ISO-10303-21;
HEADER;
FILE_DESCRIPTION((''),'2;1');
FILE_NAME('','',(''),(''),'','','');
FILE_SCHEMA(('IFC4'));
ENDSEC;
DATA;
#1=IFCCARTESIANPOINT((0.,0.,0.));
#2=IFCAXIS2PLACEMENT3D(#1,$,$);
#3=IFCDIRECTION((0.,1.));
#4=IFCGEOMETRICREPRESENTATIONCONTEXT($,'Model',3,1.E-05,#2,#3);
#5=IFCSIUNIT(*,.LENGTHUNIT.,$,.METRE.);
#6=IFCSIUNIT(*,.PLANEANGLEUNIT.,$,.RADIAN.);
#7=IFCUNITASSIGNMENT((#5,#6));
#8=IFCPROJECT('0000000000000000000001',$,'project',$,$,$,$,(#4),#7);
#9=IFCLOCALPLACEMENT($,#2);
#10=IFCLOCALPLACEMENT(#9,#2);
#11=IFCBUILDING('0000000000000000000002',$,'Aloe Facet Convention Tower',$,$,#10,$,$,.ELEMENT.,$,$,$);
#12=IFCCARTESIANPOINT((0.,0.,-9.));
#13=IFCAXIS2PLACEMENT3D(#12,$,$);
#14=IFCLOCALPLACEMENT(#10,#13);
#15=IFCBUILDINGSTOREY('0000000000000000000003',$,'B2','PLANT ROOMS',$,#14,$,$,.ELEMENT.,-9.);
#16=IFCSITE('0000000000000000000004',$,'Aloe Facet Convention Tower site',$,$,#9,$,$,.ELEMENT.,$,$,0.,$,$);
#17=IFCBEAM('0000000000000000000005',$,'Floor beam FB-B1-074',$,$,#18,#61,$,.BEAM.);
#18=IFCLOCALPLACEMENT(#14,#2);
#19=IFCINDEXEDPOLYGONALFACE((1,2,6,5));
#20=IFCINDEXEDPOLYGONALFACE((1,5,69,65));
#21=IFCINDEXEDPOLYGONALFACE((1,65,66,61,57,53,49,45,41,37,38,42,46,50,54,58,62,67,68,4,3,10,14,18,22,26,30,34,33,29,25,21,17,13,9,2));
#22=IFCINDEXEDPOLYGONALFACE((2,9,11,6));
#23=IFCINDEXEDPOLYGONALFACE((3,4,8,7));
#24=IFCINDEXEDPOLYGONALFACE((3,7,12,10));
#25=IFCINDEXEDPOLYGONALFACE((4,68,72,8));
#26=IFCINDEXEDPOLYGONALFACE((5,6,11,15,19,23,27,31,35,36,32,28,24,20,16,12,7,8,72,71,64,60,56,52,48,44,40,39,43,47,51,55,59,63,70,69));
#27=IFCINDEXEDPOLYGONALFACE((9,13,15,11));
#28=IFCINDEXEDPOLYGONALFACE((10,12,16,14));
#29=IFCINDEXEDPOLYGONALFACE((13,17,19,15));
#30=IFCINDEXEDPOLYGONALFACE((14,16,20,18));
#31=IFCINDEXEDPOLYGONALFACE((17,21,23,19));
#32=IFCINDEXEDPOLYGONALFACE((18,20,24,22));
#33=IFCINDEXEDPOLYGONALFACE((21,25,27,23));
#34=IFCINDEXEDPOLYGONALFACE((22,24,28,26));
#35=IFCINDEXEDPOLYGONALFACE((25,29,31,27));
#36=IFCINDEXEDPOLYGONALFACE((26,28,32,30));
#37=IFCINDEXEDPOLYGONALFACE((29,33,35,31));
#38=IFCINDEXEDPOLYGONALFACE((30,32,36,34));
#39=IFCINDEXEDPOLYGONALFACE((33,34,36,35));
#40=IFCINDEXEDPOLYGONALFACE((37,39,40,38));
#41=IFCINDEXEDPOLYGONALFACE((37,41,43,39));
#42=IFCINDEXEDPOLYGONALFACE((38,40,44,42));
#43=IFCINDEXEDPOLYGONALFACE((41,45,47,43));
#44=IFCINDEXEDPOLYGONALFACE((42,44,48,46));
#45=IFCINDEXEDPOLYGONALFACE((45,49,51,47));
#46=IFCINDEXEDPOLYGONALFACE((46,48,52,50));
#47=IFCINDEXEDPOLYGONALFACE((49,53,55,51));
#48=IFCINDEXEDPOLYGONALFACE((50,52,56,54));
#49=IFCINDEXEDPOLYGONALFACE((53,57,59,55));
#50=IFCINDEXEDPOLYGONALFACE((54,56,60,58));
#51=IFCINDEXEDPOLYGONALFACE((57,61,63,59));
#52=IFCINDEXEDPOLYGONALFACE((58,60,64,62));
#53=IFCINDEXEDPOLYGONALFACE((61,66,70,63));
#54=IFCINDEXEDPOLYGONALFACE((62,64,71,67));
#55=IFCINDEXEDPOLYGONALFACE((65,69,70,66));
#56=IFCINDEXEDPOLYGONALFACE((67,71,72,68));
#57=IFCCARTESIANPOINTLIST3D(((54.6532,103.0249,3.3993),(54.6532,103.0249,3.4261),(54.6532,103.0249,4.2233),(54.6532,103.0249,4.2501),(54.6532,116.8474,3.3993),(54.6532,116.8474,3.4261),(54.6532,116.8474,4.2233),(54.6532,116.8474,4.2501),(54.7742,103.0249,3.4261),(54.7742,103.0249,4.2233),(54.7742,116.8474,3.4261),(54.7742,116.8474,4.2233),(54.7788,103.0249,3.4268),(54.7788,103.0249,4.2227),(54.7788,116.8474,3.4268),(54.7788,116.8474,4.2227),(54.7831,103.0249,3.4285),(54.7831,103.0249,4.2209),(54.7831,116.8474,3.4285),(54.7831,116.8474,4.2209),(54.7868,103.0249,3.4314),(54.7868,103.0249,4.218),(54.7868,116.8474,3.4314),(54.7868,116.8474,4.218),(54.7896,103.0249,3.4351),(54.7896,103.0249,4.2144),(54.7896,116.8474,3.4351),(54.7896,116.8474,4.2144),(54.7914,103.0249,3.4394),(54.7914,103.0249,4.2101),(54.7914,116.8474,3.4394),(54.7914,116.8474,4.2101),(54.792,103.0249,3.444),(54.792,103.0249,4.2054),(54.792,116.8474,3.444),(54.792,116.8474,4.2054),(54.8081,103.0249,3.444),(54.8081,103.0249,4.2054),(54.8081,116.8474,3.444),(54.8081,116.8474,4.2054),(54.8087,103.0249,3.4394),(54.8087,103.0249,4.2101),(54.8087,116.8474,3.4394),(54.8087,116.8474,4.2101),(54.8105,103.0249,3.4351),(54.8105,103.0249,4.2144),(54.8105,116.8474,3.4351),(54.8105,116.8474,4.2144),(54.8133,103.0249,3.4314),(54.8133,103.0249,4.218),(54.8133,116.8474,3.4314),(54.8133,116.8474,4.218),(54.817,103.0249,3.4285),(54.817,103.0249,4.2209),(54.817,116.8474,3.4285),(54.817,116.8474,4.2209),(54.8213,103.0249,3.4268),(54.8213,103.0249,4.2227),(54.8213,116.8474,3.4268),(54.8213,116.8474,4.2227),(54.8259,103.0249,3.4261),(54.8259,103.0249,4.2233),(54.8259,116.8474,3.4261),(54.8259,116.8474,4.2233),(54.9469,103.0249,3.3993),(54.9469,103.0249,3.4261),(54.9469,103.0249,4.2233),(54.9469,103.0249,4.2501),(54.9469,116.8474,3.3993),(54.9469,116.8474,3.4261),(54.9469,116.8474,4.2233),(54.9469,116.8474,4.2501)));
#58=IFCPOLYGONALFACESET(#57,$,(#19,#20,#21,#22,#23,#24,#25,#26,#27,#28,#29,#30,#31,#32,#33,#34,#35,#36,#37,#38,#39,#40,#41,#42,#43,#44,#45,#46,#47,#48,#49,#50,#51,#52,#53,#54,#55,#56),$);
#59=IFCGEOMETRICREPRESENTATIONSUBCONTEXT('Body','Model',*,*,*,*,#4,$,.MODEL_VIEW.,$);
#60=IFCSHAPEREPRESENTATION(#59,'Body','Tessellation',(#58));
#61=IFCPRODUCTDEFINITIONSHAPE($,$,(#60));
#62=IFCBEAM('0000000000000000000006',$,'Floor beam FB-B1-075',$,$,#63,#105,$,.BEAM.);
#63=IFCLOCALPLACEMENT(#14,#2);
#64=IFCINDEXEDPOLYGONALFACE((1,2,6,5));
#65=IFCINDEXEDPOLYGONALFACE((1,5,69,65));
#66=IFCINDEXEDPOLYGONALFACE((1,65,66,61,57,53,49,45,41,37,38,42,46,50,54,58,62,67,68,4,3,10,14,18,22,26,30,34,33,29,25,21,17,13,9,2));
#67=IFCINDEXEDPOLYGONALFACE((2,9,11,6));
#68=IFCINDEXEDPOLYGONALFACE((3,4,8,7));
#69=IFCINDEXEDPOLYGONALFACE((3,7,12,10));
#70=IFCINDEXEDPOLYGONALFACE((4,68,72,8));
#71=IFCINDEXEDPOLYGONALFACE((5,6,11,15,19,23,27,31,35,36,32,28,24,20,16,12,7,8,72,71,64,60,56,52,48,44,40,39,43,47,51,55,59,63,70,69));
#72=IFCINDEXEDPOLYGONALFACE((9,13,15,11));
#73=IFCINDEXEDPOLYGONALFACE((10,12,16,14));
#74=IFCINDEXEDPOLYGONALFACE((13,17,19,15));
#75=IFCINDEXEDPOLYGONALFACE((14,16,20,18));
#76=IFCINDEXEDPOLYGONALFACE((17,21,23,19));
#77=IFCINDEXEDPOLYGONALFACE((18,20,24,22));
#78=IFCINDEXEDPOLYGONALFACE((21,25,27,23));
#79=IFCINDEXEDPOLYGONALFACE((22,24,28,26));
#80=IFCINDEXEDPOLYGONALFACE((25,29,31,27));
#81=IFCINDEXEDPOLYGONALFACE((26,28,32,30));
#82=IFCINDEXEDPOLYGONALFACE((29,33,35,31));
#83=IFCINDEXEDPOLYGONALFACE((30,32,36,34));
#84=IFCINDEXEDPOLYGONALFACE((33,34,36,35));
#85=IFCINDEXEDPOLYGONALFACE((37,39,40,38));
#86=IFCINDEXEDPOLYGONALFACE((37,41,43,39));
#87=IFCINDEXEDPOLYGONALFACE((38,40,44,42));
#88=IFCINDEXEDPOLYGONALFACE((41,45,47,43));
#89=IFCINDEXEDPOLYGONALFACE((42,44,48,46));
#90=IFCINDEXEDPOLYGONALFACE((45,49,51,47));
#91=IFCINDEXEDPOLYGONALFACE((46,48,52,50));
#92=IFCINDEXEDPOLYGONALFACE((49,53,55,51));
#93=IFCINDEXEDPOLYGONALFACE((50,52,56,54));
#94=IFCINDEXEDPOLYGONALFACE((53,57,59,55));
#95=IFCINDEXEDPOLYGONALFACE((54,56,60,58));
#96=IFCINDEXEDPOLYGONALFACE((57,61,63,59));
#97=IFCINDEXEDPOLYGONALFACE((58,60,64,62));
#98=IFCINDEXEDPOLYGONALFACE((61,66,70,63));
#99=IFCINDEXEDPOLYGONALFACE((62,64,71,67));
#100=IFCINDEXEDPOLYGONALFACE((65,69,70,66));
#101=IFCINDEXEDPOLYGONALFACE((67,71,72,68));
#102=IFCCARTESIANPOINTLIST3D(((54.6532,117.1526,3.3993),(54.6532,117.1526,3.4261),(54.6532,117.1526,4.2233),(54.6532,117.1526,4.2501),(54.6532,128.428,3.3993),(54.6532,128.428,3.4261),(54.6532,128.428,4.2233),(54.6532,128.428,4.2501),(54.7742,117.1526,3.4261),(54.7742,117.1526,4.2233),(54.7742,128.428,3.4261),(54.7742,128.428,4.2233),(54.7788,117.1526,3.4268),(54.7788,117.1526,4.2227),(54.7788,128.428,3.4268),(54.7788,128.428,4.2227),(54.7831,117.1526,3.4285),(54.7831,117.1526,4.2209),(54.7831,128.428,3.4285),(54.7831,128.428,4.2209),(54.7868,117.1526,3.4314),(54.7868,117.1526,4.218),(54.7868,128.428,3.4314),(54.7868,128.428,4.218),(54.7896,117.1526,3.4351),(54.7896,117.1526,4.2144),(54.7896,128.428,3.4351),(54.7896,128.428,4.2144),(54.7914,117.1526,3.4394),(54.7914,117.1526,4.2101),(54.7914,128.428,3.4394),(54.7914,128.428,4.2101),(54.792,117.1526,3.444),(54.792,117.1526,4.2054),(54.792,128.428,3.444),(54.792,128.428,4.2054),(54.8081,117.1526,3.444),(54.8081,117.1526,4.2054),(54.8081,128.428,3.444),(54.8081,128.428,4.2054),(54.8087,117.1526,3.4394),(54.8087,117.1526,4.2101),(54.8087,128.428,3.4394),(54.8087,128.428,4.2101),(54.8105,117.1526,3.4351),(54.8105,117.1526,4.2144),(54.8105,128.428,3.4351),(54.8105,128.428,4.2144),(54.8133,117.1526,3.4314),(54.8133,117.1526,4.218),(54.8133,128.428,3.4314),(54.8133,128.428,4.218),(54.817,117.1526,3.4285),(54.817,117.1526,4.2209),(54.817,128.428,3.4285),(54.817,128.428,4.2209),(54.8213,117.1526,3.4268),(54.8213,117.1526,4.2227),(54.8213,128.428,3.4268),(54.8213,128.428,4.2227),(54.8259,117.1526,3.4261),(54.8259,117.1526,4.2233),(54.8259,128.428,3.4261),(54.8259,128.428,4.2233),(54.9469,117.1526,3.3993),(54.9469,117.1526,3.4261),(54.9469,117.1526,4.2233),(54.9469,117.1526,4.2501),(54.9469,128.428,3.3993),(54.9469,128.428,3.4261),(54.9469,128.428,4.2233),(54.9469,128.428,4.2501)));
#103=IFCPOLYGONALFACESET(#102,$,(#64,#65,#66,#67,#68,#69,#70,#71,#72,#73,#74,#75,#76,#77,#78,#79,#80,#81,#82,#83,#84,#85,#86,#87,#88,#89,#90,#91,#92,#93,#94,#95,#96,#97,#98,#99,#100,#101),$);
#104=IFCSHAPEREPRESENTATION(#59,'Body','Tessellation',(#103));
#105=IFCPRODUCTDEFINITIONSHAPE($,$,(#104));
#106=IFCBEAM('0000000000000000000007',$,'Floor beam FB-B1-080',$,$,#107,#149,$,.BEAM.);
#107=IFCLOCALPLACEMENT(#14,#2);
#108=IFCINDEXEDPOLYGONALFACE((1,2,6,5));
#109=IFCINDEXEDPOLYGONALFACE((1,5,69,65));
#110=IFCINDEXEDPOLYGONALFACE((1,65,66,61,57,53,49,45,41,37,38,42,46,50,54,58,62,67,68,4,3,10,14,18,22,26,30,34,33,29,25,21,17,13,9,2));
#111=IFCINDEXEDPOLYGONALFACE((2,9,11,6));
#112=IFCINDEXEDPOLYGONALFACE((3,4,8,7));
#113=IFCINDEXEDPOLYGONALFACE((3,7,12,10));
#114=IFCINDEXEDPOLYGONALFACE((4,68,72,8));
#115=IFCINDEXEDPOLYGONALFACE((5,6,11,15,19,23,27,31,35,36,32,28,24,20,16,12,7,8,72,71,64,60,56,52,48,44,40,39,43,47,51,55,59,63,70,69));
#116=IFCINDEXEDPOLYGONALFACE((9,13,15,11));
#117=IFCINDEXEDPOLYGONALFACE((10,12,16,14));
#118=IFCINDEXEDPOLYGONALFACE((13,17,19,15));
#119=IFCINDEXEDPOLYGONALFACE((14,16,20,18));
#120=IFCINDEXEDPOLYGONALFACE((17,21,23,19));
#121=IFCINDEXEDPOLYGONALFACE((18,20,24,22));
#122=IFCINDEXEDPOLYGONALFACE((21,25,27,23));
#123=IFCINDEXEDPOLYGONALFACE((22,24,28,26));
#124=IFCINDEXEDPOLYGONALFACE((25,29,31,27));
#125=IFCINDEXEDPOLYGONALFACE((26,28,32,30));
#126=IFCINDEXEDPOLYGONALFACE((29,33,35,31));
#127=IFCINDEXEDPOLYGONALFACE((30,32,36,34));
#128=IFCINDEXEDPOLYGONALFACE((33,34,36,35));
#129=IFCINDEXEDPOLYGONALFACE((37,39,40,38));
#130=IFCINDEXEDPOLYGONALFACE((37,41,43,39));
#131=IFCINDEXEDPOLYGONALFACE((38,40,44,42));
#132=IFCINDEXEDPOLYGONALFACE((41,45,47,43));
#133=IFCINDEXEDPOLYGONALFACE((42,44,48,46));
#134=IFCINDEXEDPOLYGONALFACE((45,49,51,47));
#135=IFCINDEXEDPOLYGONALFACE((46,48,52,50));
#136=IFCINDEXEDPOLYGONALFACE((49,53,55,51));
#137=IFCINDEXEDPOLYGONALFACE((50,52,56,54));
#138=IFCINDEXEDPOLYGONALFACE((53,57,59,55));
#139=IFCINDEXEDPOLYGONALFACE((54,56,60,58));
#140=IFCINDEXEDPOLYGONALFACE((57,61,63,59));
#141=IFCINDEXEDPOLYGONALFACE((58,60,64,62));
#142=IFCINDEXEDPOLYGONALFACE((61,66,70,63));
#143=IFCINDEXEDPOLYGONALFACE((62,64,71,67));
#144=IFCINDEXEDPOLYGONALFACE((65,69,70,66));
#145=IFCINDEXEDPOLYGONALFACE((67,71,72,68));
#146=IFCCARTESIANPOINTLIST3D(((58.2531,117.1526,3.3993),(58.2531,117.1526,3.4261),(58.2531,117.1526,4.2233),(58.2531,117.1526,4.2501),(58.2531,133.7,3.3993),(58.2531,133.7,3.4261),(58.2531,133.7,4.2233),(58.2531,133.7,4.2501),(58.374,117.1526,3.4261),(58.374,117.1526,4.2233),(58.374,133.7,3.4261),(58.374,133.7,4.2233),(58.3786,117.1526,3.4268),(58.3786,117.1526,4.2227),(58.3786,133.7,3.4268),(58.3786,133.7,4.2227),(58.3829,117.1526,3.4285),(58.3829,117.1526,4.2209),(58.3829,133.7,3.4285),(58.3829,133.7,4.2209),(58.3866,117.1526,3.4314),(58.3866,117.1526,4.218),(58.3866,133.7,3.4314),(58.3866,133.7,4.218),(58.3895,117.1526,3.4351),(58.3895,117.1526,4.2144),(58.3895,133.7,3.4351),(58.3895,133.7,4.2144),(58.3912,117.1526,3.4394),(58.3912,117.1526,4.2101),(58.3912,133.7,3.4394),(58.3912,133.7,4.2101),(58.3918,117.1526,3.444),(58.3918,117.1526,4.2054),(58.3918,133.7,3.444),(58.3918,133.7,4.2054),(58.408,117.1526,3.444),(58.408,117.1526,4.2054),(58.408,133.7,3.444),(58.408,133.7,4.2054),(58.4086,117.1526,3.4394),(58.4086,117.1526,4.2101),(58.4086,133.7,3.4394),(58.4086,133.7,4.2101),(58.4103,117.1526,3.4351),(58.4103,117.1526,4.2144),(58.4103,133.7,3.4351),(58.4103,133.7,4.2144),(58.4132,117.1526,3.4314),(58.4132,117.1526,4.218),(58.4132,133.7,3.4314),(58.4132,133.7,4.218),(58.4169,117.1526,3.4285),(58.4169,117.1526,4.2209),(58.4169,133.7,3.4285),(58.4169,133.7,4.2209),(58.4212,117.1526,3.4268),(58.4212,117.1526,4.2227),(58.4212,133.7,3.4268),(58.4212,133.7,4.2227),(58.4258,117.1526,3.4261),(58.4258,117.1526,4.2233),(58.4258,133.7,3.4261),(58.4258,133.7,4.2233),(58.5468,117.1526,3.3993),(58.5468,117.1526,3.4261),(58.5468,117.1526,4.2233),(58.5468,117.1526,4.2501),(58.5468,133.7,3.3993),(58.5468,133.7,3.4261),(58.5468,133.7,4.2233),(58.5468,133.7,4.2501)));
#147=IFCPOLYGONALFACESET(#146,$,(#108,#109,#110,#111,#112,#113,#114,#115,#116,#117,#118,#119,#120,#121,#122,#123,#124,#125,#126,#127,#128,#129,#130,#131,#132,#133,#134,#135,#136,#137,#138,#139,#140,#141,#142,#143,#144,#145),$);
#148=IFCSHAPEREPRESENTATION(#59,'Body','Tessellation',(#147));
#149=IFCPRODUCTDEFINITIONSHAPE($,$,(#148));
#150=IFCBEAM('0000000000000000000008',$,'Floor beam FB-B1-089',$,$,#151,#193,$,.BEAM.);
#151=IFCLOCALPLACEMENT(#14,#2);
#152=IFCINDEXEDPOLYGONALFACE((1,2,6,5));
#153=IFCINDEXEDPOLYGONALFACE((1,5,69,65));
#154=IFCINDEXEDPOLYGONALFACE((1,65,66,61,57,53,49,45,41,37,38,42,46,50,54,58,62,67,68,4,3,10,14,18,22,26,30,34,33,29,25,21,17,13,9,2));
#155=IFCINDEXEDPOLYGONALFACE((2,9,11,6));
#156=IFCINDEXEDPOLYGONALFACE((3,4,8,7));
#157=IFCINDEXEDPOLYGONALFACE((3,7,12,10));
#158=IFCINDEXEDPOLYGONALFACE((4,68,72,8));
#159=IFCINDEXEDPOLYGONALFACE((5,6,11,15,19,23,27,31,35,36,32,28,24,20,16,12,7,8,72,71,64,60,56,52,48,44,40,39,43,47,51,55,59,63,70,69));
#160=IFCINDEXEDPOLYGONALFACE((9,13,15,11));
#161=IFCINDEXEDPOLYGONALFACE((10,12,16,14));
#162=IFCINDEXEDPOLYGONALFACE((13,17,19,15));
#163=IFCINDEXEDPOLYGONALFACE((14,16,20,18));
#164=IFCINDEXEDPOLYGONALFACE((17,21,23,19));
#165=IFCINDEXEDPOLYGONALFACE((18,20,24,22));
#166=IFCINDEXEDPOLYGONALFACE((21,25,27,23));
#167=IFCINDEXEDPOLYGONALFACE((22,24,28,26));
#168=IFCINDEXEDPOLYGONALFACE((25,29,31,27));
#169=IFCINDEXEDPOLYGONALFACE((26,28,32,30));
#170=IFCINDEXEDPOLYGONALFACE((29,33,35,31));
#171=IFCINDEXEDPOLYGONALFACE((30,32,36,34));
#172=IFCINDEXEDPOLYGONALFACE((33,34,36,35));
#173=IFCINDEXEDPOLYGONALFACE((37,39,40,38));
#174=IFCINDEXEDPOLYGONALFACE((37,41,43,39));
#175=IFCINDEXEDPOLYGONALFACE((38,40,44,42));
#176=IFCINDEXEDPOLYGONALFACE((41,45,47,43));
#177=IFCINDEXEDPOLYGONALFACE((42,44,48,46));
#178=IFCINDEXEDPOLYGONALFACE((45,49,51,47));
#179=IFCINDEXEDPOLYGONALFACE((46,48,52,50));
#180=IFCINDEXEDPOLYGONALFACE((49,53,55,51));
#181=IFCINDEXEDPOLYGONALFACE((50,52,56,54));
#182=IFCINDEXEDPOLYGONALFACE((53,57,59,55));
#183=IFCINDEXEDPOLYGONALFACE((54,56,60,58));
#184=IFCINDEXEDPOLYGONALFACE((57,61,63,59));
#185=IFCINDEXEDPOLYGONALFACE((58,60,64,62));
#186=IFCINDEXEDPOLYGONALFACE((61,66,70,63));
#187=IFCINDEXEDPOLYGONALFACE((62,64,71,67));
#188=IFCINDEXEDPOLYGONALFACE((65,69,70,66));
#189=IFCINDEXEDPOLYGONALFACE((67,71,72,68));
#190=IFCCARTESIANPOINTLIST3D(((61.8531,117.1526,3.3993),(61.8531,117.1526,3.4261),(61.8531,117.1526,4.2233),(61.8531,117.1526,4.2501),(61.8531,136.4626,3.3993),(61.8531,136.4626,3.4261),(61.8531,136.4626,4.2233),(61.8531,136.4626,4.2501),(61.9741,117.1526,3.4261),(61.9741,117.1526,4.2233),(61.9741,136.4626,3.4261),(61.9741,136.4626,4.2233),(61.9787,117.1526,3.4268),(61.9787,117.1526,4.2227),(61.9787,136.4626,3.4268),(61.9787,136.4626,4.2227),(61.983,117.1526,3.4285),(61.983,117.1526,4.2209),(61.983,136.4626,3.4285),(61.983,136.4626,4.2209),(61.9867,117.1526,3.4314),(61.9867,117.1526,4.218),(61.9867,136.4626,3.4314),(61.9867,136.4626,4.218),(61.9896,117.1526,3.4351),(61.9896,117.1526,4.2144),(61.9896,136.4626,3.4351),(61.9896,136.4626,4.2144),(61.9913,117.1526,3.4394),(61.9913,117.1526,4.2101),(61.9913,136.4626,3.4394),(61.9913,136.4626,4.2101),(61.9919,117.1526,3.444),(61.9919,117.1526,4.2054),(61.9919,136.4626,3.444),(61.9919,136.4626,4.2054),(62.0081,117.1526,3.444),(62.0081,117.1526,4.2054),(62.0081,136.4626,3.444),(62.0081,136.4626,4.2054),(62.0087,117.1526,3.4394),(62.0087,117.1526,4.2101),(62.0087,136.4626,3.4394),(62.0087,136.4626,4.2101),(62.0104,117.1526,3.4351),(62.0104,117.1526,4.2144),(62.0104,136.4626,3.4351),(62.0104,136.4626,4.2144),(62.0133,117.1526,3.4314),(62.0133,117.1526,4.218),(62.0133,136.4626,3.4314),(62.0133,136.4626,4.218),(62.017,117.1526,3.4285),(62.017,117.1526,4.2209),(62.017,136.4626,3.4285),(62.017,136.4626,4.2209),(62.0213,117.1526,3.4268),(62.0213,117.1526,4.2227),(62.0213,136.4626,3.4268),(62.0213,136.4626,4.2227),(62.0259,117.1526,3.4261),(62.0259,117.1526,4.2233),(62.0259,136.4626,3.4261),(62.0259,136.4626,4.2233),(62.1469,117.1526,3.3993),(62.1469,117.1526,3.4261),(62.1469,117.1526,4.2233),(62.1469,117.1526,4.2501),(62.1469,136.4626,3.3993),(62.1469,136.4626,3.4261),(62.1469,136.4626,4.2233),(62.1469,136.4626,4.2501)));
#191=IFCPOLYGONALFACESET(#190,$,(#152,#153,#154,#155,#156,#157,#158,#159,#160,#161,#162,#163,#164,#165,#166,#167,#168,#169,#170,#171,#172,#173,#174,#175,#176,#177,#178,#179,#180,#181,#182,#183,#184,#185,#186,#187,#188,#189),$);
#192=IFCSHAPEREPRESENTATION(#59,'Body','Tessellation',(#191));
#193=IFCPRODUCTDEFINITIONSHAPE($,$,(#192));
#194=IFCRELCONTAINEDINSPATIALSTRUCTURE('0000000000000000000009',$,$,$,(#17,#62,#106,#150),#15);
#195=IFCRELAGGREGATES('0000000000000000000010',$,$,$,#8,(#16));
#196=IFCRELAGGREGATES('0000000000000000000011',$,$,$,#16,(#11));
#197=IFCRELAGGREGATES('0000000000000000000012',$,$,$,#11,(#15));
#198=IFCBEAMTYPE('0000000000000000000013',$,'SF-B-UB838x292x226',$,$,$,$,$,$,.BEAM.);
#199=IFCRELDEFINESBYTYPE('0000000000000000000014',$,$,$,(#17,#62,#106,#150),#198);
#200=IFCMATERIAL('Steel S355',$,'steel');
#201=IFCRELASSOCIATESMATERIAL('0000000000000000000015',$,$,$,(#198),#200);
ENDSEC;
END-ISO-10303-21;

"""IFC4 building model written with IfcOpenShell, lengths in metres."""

from ifc_helpers import new_model, si_unit, direction, frame, origin, origin_2d, place, context, subcontext, project, spatial, i_section, extrude, material, material_profile, profile_set, type_object, element, save


model = new_model("IFC4")

# Units and contexts
model_context = context("Model", 3, precision=1e-05, world=origin(), true_north=direction((0.0, 1.0)))
body_context = subcontext(model_context, "Body", "Model", "MODEL_VIEW")
ifc_project = project(units=[si_unit("LENGTHUNIT", "METRE"), si_unit("PLANEANGLEUNIT", "RADIAN")], contexts=[model_context])

# Site, building, storey
site_placement = place(None, origin())
site = spatial("IfcSite", under=ifc_project, at=site_placement, Name="Aloe Facet Convention Tower site", CompositionType="ELEMENT", RefElevation=0.0)
building_placement = place(site_placement, origin())
building = spatial("IfcBuilding", under=site, at=building_placement, Name="Aloe Facet Convention Tower", CompositionType="ELEMENT")
storey_placement = place(building_placement, frame((0.0, 0.0, -9.0)))
storey = spatial("IfcBuildingStorey", under=building, at=storey_placement, Name="B2", Description="PLANT ROOMS", CompositionType="ELEMENT", Elevation=-9.0)

# Beams
ifc_material_1 = material(Name="Steel S355", Category="steel")
ifc_material_profile_1 = material_profile(ifc_material_1, i_section(OverallWidth=0.2937, OverallDepth=0.8508, WebThickness=0.0161, FlangeThickness=0.0269, FilletRadius=0.0178, at=origin_2d()), Name="UB 838x292x226")
ifc_profile_set_1 = profile_set([ifc_material_profile_1], Name="Steel S355")
beam_type_1 = type_object("IfcBeamType", Name="SF-B-UB838x292x226", PredefinedType="BEAM", material=ifc_profile_set_1)
beam_1_placement = place(storey_placement, frame((54.8, 103.0249, 3.8247), z_axis=(0.0, 1.0, 0.0), x_axis=(-1.0, 0.0, 0.0)))
element("IfcBeam", 1, at=beam_1_placement, inside=storey, type_object=beam_type_1, Name="Floor beam FB-B1-074", PredefinedType="BEAM", context=body_context, shape_type="SweptSolid", body=[
    extrude(i_section(OverallWidth=0.2937, OverallDepth=0.8508, WebThickness=0.0161, FlangeThickness=0.0269, FilletRadius=0.0178, at=origin_2d()), origin(), (0.0, 0.0, 1.0), 13.8225),
])
beam_2_placement = place(storey_placement, frame((54.8, 117.1526, 3.8247), z_axis=(0.0, 1.0, 0.0), x_axis=(-1.0, 0.0, 0.0)))
element("IfcBeam", 2, at=beam_2_placement, inside=storey, type_object=beam_type_1, Name="Floor beam FB-B1-075", PredefinedType="BEAM", context=body_context, shape_type="SweptSolid", body=[
    extrude(i_section(OverallWidth=0.2937, OverallDepth=0.8508, WebThickness=0.0161, FlangeThickness=0.0269, FilletRadius=0.0178, at=origin_2d()), origin(), (0.0, 0.0, 1.0), 11.2754),
])
beam_3_placement = place(storey_placement, frame((58.3999, 117.1526, 3.8247), z_axis=(0.0, 1.0, 0.0), x_axis=(-1.0, 0.0, 0.0)))
element("IfcBeam", 3, at=beam_3_placement, inside=storey, type_object=beam_type_1, Name="Floor beam FB-B1-080", PredefinedType="BEAM", context=body_context, shape_type="SweptSolid", body=[
    extrude(i_section(OverallWidth=0.2937, OverallDepth=0.8508, WebThickness=0.0161, FlangeThickness=0.0269, FilletRadius=0.0178, at=origin_2d()), origin(), (0.0, 0.0, 1.0), 16.5474),
])
beam_4_placement = place(storey_placement, frame((62.0, 117.1526, 3.8247), z_axis=(0.0, 1.0, 0.0), x_axis=(-1.0, 0.0, 0.0)))
element("IfcBeam", 4, at=beam_4_placement, inside=storey, type_object=beam_type_1, Name="Floor beam FB-B1-089", PredefinedType="BEAM", context=body_context, shape_type="SweptSolid", body=[
    extrude(i_section(OverallWidth=0.2937, OverallDepth=0.8508, WebThickness=0.0161, FlangeThickness=0.0269, FilletRadius=0.0178, at=origin_2d()), origin(), (0.0, 0.0, 1.0), 19.3101),
])

save(model, "model.ifc")
